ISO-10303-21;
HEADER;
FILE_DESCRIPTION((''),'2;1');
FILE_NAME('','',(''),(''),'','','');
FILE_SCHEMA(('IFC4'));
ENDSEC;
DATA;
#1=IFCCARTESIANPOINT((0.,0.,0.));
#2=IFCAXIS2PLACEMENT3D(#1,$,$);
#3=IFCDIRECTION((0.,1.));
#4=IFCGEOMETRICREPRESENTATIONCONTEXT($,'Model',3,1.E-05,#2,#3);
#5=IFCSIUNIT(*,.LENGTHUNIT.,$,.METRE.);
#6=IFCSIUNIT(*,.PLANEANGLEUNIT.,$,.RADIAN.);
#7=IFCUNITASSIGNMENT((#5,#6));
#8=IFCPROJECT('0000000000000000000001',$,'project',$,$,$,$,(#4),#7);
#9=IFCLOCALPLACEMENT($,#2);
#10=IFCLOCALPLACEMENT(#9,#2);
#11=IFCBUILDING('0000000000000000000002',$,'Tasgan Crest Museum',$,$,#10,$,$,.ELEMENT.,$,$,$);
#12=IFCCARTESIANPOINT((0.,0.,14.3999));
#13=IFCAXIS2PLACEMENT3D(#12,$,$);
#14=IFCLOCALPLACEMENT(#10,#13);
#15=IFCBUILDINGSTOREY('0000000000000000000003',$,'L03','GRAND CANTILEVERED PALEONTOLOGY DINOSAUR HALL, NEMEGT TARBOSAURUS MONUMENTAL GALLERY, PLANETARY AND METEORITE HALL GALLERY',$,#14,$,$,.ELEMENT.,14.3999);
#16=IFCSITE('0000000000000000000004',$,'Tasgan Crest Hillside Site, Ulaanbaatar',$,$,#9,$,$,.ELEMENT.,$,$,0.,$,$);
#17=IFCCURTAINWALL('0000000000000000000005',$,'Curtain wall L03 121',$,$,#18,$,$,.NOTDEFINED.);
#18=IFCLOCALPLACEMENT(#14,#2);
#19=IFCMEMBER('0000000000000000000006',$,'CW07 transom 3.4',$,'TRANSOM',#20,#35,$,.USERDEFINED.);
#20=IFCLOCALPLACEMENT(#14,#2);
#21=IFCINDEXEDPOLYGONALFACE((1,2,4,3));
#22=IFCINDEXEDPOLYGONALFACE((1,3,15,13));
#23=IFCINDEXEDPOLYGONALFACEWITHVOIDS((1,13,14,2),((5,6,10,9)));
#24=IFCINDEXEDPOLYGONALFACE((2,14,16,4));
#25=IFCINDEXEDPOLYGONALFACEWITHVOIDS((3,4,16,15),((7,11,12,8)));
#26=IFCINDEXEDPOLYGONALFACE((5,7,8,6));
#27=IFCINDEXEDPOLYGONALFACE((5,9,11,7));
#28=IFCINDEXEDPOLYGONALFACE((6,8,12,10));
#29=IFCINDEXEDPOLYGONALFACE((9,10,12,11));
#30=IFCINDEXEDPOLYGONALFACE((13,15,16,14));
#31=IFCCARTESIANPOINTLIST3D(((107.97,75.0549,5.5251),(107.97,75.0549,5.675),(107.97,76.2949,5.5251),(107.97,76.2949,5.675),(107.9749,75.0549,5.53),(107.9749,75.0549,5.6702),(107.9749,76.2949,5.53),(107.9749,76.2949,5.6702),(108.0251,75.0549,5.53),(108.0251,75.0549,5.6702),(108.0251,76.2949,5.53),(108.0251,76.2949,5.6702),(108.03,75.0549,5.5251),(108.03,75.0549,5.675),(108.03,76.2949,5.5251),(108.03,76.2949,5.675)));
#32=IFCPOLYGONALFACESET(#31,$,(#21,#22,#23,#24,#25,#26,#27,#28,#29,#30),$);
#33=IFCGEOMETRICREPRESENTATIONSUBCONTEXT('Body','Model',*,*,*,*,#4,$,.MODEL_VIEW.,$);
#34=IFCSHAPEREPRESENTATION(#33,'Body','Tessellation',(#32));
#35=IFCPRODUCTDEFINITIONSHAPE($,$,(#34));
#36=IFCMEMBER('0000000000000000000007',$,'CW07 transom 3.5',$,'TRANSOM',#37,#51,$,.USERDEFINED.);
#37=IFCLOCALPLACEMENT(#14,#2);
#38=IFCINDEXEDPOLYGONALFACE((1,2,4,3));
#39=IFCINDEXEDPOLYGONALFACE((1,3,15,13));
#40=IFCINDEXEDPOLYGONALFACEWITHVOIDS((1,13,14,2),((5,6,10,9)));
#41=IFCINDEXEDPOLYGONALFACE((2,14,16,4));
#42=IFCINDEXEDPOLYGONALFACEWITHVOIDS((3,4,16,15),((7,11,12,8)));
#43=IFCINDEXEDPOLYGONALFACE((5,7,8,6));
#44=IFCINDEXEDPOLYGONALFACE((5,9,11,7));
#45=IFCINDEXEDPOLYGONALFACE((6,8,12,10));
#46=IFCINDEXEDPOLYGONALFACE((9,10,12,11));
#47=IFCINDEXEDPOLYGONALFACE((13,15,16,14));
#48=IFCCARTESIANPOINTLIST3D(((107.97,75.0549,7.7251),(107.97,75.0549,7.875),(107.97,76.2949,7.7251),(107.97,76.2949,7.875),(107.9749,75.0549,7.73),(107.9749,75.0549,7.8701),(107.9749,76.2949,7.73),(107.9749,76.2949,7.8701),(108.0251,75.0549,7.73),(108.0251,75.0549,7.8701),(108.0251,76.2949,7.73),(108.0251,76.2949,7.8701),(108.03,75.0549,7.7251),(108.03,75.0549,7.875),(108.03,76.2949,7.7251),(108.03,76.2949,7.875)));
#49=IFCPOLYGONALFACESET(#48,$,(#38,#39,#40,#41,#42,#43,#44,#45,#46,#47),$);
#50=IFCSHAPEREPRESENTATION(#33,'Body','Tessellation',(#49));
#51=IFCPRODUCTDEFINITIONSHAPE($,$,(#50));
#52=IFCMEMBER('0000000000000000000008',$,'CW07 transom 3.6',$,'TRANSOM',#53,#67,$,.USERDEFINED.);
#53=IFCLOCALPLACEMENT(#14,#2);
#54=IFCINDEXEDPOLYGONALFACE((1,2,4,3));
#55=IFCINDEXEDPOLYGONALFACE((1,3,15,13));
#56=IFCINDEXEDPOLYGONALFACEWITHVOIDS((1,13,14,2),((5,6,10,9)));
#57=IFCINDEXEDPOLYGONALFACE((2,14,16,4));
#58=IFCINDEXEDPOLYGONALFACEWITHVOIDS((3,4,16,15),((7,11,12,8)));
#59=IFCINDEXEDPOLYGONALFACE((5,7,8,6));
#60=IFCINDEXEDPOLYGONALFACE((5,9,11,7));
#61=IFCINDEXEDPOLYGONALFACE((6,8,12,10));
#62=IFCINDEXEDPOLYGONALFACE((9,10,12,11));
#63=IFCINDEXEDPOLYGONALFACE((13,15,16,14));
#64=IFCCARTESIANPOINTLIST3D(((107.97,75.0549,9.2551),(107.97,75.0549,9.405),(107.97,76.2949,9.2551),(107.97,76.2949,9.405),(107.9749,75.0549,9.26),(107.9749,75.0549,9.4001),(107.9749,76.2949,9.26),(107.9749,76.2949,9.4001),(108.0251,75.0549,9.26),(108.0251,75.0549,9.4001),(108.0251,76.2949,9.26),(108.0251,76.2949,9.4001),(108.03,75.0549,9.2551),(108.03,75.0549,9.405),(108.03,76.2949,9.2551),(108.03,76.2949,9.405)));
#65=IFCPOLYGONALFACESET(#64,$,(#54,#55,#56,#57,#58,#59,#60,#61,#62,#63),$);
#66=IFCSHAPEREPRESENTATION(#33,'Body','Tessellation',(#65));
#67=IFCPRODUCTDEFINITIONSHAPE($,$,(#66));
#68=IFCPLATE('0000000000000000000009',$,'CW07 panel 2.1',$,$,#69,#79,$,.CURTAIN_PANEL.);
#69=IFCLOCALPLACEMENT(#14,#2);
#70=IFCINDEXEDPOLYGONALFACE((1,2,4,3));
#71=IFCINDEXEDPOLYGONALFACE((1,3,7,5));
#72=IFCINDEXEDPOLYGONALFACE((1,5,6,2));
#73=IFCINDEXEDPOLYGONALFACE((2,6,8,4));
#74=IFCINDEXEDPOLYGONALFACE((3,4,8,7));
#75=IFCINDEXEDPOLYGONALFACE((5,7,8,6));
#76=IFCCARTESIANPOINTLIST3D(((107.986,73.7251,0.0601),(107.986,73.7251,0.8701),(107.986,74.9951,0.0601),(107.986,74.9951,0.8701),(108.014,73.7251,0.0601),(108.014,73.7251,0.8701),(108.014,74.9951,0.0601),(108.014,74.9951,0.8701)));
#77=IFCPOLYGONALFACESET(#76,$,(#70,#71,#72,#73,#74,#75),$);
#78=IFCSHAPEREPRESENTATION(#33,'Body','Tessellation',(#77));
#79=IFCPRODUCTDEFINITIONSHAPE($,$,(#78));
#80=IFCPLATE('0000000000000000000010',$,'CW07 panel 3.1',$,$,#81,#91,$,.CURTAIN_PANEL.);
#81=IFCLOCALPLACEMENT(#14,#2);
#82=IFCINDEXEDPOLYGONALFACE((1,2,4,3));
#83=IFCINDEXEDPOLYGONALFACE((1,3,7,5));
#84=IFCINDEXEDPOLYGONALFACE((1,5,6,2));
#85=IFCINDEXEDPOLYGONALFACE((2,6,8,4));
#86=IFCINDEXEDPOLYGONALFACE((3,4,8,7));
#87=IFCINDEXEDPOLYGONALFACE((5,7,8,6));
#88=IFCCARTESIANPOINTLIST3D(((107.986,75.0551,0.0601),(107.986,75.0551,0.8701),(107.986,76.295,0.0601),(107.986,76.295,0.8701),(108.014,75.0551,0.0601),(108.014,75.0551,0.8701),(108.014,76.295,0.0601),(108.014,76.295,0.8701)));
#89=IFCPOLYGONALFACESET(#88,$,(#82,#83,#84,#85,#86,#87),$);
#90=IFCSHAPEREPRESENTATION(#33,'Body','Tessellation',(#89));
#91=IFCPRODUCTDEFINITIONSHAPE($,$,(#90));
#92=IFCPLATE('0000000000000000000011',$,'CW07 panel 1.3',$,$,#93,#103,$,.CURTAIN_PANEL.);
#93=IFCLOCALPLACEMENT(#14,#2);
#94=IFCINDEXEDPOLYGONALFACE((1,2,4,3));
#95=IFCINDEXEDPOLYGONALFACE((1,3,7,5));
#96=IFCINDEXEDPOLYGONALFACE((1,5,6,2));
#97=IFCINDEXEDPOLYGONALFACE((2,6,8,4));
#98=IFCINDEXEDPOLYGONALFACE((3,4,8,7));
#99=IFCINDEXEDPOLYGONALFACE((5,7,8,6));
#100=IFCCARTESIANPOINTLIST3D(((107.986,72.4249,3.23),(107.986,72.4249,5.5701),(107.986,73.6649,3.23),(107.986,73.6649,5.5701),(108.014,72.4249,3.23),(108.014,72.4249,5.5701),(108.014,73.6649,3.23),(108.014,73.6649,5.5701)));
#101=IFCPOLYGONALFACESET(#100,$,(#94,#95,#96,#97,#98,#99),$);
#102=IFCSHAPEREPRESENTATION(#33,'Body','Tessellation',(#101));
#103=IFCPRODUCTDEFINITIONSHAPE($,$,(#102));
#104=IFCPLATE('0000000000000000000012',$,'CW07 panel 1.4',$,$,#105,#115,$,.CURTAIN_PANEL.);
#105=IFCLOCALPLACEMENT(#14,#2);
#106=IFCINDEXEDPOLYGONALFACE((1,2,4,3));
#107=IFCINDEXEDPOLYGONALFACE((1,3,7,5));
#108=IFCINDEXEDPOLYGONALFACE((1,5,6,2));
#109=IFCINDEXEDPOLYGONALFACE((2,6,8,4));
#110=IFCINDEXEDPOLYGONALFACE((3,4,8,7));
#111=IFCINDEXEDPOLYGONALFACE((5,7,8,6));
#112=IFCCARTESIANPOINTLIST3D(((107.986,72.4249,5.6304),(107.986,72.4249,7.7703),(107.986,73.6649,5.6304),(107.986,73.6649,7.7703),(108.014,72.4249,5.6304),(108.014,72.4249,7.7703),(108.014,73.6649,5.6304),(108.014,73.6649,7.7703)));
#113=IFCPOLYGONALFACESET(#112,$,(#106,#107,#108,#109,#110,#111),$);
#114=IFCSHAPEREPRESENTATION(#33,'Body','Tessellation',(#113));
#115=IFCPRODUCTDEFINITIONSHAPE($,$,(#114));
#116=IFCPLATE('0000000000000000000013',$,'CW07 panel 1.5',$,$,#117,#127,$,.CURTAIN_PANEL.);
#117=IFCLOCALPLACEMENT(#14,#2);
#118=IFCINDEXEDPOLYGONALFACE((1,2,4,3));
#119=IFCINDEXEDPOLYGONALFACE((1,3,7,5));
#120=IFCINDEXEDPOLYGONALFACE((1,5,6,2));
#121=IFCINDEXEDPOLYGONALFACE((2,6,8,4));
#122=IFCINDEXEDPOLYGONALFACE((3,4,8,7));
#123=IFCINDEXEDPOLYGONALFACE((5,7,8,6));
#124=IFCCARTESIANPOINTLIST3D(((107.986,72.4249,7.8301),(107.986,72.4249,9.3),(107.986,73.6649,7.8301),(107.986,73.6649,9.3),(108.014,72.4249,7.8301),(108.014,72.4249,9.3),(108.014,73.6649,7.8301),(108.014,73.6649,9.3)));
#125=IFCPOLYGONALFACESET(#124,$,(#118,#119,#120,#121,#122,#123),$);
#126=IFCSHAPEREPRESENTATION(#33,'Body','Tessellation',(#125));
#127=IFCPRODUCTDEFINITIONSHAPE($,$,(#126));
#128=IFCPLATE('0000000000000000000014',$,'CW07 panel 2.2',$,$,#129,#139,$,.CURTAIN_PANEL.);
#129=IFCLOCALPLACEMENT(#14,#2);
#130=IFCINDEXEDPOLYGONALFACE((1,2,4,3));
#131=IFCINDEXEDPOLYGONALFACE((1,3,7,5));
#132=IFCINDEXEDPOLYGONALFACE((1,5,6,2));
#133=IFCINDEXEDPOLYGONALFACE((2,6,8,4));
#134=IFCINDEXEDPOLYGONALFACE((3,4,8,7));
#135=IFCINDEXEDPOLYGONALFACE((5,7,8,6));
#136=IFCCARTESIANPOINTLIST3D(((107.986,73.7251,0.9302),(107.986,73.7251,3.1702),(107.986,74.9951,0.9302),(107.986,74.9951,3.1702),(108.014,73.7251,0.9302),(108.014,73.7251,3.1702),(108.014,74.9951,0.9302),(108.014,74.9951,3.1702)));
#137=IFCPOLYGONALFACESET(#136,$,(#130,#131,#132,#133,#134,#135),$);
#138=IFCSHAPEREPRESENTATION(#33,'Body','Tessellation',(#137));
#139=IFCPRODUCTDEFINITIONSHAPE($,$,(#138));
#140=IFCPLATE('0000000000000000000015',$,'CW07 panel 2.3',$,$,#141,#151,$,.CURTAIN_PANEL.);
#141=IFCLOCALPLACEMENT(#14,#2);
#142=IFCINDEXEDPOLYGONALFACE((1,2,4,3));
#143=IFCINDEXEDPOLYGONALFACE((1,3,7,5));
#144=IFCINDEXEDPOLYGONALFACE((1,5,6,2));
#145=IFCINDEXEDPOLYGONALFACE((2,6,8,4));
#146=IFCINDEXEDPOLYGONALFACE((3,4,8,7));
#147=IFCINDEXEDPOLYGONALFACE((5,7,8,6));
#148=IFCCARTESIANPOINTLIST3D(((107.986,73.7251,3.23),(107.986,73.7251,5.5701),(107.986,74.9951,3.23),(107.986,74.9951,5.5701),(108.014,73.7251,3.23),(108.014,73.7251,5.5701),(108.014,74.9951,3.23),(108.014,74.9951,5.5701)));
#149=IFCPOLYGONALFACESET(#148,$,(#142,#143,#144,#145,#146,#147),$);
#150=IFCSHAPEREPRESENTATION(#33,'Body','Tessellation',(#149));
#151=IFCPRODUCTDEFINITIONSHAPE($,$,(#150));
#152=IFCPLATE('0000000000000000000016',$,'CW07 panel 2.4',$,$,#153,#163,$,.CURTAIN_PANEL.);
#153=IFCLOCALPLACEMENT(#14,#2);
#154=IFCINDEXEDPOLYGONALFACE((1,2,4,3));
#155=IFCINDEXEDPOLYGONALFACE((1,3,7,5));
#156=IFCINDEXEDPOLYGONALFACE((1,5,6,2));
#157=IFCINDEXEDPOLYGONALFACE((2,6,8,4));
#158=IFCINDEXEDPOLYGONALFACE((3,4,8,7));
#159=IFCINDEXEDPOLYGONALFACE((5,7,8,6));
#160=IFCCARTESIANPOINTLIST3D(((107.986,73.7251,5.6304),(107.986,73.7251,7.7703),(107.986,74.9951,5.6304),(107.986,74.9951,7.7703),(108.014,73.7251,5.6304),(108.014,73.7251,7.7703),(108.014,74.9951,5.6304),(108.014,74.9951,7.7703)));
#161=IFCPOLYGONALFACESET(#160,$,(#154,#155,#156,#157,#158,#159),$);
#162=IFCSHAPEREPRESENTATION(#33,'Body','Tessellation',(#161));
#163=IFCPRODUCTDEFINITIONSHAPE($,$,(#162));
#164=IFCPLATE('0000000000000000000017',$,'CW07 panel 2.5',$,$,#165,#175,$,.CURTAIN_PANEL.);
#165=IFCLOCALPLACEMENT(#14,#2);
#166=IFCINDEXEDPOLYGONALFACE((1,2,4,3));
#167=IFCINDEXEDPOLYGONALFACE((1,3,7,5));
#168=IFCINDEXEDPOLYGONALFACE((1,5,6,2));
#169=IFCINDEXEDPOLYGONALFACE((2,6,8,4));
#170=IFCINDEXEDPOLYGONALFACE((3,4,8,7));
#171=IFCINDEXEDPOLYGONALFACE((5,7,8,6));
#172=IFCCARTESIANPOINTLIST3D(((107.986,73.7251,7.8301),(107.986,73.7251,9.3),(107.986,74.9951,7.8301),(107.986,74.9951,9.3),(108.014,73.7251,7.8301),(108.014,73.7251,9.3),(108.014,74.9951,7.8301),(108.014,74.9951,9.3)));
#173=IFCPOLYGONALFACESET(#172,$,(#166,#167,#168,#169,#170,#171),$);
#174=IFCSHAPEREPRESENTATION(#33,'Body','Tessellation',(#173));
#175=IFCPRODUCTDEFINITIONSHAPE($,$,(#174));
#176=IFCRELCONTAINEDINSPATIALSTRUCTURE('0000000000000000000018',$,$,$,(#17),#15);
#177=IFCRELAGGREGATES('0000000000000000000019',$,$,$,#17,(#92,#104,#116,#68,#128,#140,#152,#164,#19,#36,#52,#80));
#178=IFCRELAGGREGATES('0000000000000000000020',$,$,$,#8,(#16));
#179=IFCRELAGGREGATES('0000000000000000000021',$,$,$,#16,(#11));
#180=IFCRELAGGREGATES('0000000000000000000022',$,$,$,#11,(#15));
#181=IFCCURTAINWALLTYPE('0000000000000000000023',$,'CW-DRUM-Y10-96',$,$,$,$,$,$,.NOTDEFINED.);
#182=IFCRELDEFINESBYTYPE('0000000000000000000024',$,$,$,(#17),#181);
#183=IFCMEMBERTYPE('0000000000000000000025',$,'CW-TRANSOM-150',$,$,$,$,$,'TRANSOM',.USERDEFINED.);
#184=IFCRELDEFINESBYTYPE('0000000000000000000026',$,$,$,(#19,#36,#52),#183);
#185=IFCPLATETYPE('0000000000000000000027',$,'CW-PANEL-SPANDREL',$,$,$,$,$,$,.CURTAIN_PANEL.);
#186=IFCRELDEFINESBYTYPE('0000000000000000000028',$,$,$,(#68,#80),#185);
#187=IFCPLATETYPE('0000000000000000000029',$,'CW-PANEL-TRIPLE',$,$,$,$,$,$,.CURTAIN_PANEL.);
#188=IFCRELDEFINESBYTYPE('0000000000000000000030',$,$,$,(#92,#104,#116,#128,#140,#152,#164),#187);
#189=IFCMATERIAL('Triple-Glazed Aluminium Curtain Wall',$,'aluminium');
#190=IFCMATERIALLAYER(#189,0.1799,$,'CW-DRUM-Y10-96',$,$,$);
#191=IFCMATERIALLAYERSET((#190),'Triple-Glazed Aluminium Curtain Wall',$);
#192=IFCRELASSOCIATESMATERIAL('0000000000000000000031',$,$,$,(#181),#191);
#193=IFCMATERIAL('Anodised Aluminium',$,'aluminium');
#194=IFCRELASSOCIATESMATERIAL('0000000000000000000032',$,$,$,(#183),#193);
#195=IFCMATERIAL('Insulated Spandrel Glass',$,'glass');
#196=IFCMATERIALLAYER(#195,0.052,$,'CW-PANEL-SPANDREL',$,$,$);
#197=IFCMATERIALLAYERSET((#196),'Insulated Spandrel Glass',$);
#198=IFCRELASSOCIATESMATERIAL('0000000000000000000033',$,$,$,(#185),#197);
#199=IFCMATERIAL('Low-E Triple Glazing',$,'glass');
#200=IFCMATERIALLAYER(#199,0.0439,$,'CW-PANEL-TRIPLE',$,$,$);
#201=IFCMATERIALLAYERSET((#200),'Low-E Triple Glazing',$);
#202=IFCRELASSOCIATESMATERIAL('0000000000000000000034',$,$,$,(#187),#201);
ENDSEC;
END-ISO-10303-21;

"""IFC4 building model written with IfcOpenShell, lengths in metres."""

from ifc_helpers import new_model, si_unit, direction, frame, origin, origin_2d, place, context, subcontext, project, spatial, rectangle, hollow_rectangle, extrude, material, layer, layer_set, material_profile, profile_set, type_object, element, aggregate, save


model = new_model("IFC4")

# Units and contexts
model_context = context("Model", 3, precision=1e-05, world=origin(), true_north=direction((0.0, 1.0)))
body_context = subcontext(model_context, "Body", "Model", "MODEL_VIEW")
ifc_project = project(units=[si_unit("LENGTHUNIT", "METRE"), si_unit("PLANEANGLEUNIT", "RADIAN")], contexts=[model_context])

# Site, building, storey
site_placement = place(None, origin())
site = spatial("IfcSite", under=ifc_project, at=site_placement, Name="Tasgan Crest Hillside Site, Ulaanbaatar", CompositionType="ELEMENT", RefElevation=0.0)
building_placement = place(site_placement, origin())
building = spatial("IfcBuilding", under=site, at=building_placement, Name="Tasgan Crest Museum", CompositionType="ELEMENT")
storey_placement = place(building_placement, frame((0.0, 0.0, 14.3999)))
storey = spatial("IfcBuildingStorey", under=building, at=storey_placement, Name="L03", Description="GRAND CANTILEVERED PALEONTOLOGY DINOSAUR HALL, NEMEGT TARBOSAURUS MONUMENTAL GALLERY, PLANETARY AND METEORITE HALL GALLERY", CompositionType="ELEMENT", Elevation=14.3999)

# Curtain wall, members, plates
ifc_material_1 = material(Name="Triple-Glazed Aluminium Curtain Wall", Category="aluminium")
ifc_layer_1 = layer(ifc_material_1, 0.1799, Name="CW-DRUM-Y10-96")
ifc_layer_set_1 = layer_set([ifc_layer_1], Name="Triple-Glazed Aluminium Curtain Wall")
curtain_wall_type = type_object("IfcCurtainWallType", Name="CW-DRUM-Y10-96", PredefinedType="NOTDEFINED", material=ifc_layer_set_1)
curtain_wall_placement = place(storey_placement, origin())
curtain_wall = element("IfcCurtainWall", 1, at=curtain_wall_placement, inside=storey, type_object=curtain_wall_type, Name="Curtain wall L03 121", PredefinedType="NOTDEFINED")
ifc_material_2 = material(Name="Anodised Aluminium", Category="aluminium")
ifc_material_profile_1 = material_profile(ifc_material_2, hollow_rectangle(XDim=0.0601, YDim=0.1499, WallThickness=0.0049, at=origin_2d()), Name="ALU TRANSOM 150x60x5")
ifc_profile_set_1 = profile_set([ifc_material_profile_1], Name="Anodised Aluminium")
member_type_1 = type_object("IfcMemberType", Name="CW-TRANSOM-150", ElementType="TRANSOM", PredefinedType="USERDEFINED", material=ifc_profile_set_1)
member_1_placement = place(storey_placement, frame((108.0, 75.0549, 5.6001), z_axis=(0.0, 1.0, 0.0), x_axis=(-1.0, 0.0, 0.0)))
member_1 = element("IfcMember", 2, at=member_1_placement, type_object=member_type_1, Name="CW07 transom 3.4", ObjectType="TRANSOM", PredefinedType="USERDEFINED", context=body_context, shape_type="SweptSolid", body=[
    extrude(hollow_rectangle(XDim=0.0601, YDim=0.1499, WallThickness=0.0049, at=origin_2d()), origin(), (0.0, 0.0, 1.0), 1.24),
])
member_2_placement = place(storey_placement, frame((108.0, 75.0549, 7.8), z_axis=(0.0, 1.0, 0.0), x_axis=(-1.0, 0.0, 0.0)))
member_2 = element("IfcMember", 3, at=member_2_placement, type_object=member_type_1, Name="CW07 transom 3.5", ObjectType="TRANSOM", PredefinedType="USERDEFINED", context=body_context, shape_type="SweptSolid", body=[
    extrude(hollow_rectangle(XDim=0.0601, YDim=0.1499, WallThickness=0.0049, at=origin_2d()), origin(), (0.0, 0.0, 1.0), 1.24),
])
member_3_placement = place(storey_placement, frame((108.0, 75.0549, 9.3301), z_axis=(0.0, 1.0, 0.0), x_axis=(-1.0, 0.0, 0.0)))
member_3 = element("IfcMember", 4, at=member_3_placement, type_object=member_type_1, Name="CW07 transom 3.6", ObjectType="TRANSOM", PredefinedType="USERDEFINED", context=body_context, shape_type="SweptSolid", body=[
    extrude(hollow_rectangle(XDim=0.0601, YDim=0.1499, WallThickness=0.0049, at=origin_2d()), origin(), (0.0, 0.0, 1.0), 1.24),
])
ifc_material_3 = material(Name="Insulated Spandrel Glass", Category="glass")
ifc_layer_2 = layer(ifc_material_3, 0.052, Name="CW-PANEL-SPANDREL")
ifc_layer_set_2 = layer_set([ifc_layer_2], Name="Insulated Spandrel Glass")
plate_type_1 = type_object("IfcPlateType", Name="CW-PANEL-SPANDREL", PredefinedType="CURTAIN_PANEL", material=ifc_layer_set_2)
plate_1_placement = place(storey_placement, frame((108.0, 74.3601, 0.0601), z_axis=(0.0, 0.0, 1.0), x_axis=(0.0, 1.0, 0.0)))
plate_1 = element("IfcPlate", 5, at=plate_1_placement, type_object=plate_type_1, Name="CW07 panel 2.1", PredefinedType="CURTAIN_PANEL", context=body_context, shape_type="SweptSolid", body=[
    extrude(rectangle(XDim=1.27, YDim=0.0281, at=origin_2d()), origin(), (0.0, 0.0, 1.0), 0.8101),
])
plate_2_placement = place(storey_placement, frame((108.0, 75.675, 0.0601), z_axis=(0.0, 0.0, 1.0), x_axis=(0.0, 1.0, 0.0)))
plate_2 = element("IfcPlate", 6, at=plate_2_placement, type_object=plate_type_1, Name="CW07 panel 3.1", PredefinedType="CURTAIN_PANEL", context=body_context, shape_type="SweptSolid", body=[
    extrude(rectangle(XDim=1.24, YDim=0.0281, at=origin_2d()), origin(), (0.0, 0.0, 1.0), 0.8101),
])
ifc_material_4 = material(Name="Low-E Triple Glazing", Category="glass")
ifc_layer_3 = layer(ifc_material_4, 0.0439, Name="CW-PANEL-TRIPLE")
ifc_layer_set_3 = layer_set([ifc_layer_3], Name="Low-E Triple Glazing")
plate_type_2 = type_object("IfcPlateType", Name="CW-PANEL-TRIPLE", PredefinedType="CURTAIN_PANEL", material=ifc_layer_set_3)
plate_3_placement = place(storey_placement, frame((108.0, 73.0449, 3.23), z_axis=(0.0, 0.0, 1.0), x_axis=(0.0, 1.0, 0.0)))
plate_3 = element("IfcPlate", 7, at=plate_3_placement, type_object=plate_type_2, Name="CW07 panel 1.3", PredefinedType="CURTAIN_PANEL", context=body_context, shape_type="SweptSolid", body=[
    extrude(rectangle(XDim=1.24, YDim=0.0281, at=origin_2d()), origin(), (0.0, 0.0, 1.0), 2.3401),
])
plate_4_placement = place(storey_placement, frame((108.0, 73.0449, 5.6304), z_axis=(0.0, 0.0, 1.0), x_axis=(0.0, 1.0, 0.0)))
plate_4 = element("IfcPlate", 8, at=plate_4_placement, type_object=plate_type_2, Name="CW07 panel 1.4", PredefinedType="CURTAIN_PANEL", context=body_context, shape_type="SweptSolid", body=[
    extrude(rectangle(XDim=1.24, YDim=0.0281, at=origin_2d()), origin(), (0.0, 0.0, 1.0), 2.1399),
])
plate_5_placement = place(storey_placement, frame((108.0, 73.0449, 7.8301), z_axis=(0.0, 0.0, 1.0), x_axis=(0.0, 1.0, 0.0)))
plate_5 = element("IfcPlate", 9, at=plate_5_placement, type_object=plate_type_2, Name="CW07 panel 1.5", PredefinedType="CURTAIN_PANEL", context=body_context, shape_type="SweptSolid", body=[
    extrude(rectangle(XDim=1.24, YDim=0.0281, at=origin_2d()), origin(), (0.0, 0.0, 1.0), 1.47),
])
plate_6_placement = place(storey_placement, frame((108.0, 74.3601, 0.9302), z_axis=(0.0, 0.0, 1.0), x_axis=(0.0, 1.0, 0.0)))
plate_6 = element("IfcPlate", 10, at=plate_6_placement, type_object=plate_type_2, Name="CW07 panel 2.2", PredefinedType="CURTAIN_PANEL", context=body_context, shape_type="SweptSolid", body=[
    extrude(rectangle(XDim=1.27, YDim=0.0281, at=origin_2d()), origin(), (0.0, 0.0, 1.0), 2.24),
])
plate_7_placement = place(storey_placement, frame((108.0, 74.3601, 3.23), z_axis=(0.0, 0.0, 1.0), x_axis=(0.0, 1.0, 0.0)))
plate_7 = element("IfcPlate", 11, at=plate_7_placement, type_object=plate_type_2, Name="CW07 panel 2.3", PredefinedType="CURTAIN_PANEL", context=body_context, shape_type="SweptSolid", body=[
    extrude(rectangle(XDim=1.27, YDim=0.0281, at=origin_2d()), origin(), (0.0, 0.0, 1.0), 2.3401),
])
plate_8_placement = place(storey_placement, frame((108.0, 74.3601, 5.6304), z_axis=(0.0, 0.0, 1.0), x_axis=(0.0, 1.0, 0.0)))
plate_8 = element("IfcPlate", 12, at=plate_8_placement, type_object=plate_type_2, Name="CW07 panel 2.4", PredefinedType="CURTAIN_PANEL", context=body_context, shape_type="SweptSolid", body=[
    extrude(rectangle(XDim=1.27, YDim=0.0281, at=origin_2d()), origin(), (0.0, 0.0, 1.0), 2.1399),
])
plate_9_placement = place(storey_placement, frame((108.0, 74.3601, 7.8301), z_axis=(0.0, 0.0, 1.0), x_axis=(0.0, 1.0, 0.0)))
plate_9 = element("IfcPlate", 13, at=plate_9_placement, type_object=plate_type_2, Name="CW07 panel 2.5", PredefinedType="CURTAIN_PANEL", context=body_context, shape_type="SweptSolid", body=[
    extrude(rectangle(XDim=1.27, YDim=0.0281, at=origin_2d()), origin(), (0.0, 0.0, 1.0), 1.47),
])
aggregate(curtain_wall, [plate_3, plate_4, plate_5, plate_1, plate_6, plate_7, plate_8, plate_9, member_1, member_2, member_3, plate_2])

save(model, "model.ifc")
